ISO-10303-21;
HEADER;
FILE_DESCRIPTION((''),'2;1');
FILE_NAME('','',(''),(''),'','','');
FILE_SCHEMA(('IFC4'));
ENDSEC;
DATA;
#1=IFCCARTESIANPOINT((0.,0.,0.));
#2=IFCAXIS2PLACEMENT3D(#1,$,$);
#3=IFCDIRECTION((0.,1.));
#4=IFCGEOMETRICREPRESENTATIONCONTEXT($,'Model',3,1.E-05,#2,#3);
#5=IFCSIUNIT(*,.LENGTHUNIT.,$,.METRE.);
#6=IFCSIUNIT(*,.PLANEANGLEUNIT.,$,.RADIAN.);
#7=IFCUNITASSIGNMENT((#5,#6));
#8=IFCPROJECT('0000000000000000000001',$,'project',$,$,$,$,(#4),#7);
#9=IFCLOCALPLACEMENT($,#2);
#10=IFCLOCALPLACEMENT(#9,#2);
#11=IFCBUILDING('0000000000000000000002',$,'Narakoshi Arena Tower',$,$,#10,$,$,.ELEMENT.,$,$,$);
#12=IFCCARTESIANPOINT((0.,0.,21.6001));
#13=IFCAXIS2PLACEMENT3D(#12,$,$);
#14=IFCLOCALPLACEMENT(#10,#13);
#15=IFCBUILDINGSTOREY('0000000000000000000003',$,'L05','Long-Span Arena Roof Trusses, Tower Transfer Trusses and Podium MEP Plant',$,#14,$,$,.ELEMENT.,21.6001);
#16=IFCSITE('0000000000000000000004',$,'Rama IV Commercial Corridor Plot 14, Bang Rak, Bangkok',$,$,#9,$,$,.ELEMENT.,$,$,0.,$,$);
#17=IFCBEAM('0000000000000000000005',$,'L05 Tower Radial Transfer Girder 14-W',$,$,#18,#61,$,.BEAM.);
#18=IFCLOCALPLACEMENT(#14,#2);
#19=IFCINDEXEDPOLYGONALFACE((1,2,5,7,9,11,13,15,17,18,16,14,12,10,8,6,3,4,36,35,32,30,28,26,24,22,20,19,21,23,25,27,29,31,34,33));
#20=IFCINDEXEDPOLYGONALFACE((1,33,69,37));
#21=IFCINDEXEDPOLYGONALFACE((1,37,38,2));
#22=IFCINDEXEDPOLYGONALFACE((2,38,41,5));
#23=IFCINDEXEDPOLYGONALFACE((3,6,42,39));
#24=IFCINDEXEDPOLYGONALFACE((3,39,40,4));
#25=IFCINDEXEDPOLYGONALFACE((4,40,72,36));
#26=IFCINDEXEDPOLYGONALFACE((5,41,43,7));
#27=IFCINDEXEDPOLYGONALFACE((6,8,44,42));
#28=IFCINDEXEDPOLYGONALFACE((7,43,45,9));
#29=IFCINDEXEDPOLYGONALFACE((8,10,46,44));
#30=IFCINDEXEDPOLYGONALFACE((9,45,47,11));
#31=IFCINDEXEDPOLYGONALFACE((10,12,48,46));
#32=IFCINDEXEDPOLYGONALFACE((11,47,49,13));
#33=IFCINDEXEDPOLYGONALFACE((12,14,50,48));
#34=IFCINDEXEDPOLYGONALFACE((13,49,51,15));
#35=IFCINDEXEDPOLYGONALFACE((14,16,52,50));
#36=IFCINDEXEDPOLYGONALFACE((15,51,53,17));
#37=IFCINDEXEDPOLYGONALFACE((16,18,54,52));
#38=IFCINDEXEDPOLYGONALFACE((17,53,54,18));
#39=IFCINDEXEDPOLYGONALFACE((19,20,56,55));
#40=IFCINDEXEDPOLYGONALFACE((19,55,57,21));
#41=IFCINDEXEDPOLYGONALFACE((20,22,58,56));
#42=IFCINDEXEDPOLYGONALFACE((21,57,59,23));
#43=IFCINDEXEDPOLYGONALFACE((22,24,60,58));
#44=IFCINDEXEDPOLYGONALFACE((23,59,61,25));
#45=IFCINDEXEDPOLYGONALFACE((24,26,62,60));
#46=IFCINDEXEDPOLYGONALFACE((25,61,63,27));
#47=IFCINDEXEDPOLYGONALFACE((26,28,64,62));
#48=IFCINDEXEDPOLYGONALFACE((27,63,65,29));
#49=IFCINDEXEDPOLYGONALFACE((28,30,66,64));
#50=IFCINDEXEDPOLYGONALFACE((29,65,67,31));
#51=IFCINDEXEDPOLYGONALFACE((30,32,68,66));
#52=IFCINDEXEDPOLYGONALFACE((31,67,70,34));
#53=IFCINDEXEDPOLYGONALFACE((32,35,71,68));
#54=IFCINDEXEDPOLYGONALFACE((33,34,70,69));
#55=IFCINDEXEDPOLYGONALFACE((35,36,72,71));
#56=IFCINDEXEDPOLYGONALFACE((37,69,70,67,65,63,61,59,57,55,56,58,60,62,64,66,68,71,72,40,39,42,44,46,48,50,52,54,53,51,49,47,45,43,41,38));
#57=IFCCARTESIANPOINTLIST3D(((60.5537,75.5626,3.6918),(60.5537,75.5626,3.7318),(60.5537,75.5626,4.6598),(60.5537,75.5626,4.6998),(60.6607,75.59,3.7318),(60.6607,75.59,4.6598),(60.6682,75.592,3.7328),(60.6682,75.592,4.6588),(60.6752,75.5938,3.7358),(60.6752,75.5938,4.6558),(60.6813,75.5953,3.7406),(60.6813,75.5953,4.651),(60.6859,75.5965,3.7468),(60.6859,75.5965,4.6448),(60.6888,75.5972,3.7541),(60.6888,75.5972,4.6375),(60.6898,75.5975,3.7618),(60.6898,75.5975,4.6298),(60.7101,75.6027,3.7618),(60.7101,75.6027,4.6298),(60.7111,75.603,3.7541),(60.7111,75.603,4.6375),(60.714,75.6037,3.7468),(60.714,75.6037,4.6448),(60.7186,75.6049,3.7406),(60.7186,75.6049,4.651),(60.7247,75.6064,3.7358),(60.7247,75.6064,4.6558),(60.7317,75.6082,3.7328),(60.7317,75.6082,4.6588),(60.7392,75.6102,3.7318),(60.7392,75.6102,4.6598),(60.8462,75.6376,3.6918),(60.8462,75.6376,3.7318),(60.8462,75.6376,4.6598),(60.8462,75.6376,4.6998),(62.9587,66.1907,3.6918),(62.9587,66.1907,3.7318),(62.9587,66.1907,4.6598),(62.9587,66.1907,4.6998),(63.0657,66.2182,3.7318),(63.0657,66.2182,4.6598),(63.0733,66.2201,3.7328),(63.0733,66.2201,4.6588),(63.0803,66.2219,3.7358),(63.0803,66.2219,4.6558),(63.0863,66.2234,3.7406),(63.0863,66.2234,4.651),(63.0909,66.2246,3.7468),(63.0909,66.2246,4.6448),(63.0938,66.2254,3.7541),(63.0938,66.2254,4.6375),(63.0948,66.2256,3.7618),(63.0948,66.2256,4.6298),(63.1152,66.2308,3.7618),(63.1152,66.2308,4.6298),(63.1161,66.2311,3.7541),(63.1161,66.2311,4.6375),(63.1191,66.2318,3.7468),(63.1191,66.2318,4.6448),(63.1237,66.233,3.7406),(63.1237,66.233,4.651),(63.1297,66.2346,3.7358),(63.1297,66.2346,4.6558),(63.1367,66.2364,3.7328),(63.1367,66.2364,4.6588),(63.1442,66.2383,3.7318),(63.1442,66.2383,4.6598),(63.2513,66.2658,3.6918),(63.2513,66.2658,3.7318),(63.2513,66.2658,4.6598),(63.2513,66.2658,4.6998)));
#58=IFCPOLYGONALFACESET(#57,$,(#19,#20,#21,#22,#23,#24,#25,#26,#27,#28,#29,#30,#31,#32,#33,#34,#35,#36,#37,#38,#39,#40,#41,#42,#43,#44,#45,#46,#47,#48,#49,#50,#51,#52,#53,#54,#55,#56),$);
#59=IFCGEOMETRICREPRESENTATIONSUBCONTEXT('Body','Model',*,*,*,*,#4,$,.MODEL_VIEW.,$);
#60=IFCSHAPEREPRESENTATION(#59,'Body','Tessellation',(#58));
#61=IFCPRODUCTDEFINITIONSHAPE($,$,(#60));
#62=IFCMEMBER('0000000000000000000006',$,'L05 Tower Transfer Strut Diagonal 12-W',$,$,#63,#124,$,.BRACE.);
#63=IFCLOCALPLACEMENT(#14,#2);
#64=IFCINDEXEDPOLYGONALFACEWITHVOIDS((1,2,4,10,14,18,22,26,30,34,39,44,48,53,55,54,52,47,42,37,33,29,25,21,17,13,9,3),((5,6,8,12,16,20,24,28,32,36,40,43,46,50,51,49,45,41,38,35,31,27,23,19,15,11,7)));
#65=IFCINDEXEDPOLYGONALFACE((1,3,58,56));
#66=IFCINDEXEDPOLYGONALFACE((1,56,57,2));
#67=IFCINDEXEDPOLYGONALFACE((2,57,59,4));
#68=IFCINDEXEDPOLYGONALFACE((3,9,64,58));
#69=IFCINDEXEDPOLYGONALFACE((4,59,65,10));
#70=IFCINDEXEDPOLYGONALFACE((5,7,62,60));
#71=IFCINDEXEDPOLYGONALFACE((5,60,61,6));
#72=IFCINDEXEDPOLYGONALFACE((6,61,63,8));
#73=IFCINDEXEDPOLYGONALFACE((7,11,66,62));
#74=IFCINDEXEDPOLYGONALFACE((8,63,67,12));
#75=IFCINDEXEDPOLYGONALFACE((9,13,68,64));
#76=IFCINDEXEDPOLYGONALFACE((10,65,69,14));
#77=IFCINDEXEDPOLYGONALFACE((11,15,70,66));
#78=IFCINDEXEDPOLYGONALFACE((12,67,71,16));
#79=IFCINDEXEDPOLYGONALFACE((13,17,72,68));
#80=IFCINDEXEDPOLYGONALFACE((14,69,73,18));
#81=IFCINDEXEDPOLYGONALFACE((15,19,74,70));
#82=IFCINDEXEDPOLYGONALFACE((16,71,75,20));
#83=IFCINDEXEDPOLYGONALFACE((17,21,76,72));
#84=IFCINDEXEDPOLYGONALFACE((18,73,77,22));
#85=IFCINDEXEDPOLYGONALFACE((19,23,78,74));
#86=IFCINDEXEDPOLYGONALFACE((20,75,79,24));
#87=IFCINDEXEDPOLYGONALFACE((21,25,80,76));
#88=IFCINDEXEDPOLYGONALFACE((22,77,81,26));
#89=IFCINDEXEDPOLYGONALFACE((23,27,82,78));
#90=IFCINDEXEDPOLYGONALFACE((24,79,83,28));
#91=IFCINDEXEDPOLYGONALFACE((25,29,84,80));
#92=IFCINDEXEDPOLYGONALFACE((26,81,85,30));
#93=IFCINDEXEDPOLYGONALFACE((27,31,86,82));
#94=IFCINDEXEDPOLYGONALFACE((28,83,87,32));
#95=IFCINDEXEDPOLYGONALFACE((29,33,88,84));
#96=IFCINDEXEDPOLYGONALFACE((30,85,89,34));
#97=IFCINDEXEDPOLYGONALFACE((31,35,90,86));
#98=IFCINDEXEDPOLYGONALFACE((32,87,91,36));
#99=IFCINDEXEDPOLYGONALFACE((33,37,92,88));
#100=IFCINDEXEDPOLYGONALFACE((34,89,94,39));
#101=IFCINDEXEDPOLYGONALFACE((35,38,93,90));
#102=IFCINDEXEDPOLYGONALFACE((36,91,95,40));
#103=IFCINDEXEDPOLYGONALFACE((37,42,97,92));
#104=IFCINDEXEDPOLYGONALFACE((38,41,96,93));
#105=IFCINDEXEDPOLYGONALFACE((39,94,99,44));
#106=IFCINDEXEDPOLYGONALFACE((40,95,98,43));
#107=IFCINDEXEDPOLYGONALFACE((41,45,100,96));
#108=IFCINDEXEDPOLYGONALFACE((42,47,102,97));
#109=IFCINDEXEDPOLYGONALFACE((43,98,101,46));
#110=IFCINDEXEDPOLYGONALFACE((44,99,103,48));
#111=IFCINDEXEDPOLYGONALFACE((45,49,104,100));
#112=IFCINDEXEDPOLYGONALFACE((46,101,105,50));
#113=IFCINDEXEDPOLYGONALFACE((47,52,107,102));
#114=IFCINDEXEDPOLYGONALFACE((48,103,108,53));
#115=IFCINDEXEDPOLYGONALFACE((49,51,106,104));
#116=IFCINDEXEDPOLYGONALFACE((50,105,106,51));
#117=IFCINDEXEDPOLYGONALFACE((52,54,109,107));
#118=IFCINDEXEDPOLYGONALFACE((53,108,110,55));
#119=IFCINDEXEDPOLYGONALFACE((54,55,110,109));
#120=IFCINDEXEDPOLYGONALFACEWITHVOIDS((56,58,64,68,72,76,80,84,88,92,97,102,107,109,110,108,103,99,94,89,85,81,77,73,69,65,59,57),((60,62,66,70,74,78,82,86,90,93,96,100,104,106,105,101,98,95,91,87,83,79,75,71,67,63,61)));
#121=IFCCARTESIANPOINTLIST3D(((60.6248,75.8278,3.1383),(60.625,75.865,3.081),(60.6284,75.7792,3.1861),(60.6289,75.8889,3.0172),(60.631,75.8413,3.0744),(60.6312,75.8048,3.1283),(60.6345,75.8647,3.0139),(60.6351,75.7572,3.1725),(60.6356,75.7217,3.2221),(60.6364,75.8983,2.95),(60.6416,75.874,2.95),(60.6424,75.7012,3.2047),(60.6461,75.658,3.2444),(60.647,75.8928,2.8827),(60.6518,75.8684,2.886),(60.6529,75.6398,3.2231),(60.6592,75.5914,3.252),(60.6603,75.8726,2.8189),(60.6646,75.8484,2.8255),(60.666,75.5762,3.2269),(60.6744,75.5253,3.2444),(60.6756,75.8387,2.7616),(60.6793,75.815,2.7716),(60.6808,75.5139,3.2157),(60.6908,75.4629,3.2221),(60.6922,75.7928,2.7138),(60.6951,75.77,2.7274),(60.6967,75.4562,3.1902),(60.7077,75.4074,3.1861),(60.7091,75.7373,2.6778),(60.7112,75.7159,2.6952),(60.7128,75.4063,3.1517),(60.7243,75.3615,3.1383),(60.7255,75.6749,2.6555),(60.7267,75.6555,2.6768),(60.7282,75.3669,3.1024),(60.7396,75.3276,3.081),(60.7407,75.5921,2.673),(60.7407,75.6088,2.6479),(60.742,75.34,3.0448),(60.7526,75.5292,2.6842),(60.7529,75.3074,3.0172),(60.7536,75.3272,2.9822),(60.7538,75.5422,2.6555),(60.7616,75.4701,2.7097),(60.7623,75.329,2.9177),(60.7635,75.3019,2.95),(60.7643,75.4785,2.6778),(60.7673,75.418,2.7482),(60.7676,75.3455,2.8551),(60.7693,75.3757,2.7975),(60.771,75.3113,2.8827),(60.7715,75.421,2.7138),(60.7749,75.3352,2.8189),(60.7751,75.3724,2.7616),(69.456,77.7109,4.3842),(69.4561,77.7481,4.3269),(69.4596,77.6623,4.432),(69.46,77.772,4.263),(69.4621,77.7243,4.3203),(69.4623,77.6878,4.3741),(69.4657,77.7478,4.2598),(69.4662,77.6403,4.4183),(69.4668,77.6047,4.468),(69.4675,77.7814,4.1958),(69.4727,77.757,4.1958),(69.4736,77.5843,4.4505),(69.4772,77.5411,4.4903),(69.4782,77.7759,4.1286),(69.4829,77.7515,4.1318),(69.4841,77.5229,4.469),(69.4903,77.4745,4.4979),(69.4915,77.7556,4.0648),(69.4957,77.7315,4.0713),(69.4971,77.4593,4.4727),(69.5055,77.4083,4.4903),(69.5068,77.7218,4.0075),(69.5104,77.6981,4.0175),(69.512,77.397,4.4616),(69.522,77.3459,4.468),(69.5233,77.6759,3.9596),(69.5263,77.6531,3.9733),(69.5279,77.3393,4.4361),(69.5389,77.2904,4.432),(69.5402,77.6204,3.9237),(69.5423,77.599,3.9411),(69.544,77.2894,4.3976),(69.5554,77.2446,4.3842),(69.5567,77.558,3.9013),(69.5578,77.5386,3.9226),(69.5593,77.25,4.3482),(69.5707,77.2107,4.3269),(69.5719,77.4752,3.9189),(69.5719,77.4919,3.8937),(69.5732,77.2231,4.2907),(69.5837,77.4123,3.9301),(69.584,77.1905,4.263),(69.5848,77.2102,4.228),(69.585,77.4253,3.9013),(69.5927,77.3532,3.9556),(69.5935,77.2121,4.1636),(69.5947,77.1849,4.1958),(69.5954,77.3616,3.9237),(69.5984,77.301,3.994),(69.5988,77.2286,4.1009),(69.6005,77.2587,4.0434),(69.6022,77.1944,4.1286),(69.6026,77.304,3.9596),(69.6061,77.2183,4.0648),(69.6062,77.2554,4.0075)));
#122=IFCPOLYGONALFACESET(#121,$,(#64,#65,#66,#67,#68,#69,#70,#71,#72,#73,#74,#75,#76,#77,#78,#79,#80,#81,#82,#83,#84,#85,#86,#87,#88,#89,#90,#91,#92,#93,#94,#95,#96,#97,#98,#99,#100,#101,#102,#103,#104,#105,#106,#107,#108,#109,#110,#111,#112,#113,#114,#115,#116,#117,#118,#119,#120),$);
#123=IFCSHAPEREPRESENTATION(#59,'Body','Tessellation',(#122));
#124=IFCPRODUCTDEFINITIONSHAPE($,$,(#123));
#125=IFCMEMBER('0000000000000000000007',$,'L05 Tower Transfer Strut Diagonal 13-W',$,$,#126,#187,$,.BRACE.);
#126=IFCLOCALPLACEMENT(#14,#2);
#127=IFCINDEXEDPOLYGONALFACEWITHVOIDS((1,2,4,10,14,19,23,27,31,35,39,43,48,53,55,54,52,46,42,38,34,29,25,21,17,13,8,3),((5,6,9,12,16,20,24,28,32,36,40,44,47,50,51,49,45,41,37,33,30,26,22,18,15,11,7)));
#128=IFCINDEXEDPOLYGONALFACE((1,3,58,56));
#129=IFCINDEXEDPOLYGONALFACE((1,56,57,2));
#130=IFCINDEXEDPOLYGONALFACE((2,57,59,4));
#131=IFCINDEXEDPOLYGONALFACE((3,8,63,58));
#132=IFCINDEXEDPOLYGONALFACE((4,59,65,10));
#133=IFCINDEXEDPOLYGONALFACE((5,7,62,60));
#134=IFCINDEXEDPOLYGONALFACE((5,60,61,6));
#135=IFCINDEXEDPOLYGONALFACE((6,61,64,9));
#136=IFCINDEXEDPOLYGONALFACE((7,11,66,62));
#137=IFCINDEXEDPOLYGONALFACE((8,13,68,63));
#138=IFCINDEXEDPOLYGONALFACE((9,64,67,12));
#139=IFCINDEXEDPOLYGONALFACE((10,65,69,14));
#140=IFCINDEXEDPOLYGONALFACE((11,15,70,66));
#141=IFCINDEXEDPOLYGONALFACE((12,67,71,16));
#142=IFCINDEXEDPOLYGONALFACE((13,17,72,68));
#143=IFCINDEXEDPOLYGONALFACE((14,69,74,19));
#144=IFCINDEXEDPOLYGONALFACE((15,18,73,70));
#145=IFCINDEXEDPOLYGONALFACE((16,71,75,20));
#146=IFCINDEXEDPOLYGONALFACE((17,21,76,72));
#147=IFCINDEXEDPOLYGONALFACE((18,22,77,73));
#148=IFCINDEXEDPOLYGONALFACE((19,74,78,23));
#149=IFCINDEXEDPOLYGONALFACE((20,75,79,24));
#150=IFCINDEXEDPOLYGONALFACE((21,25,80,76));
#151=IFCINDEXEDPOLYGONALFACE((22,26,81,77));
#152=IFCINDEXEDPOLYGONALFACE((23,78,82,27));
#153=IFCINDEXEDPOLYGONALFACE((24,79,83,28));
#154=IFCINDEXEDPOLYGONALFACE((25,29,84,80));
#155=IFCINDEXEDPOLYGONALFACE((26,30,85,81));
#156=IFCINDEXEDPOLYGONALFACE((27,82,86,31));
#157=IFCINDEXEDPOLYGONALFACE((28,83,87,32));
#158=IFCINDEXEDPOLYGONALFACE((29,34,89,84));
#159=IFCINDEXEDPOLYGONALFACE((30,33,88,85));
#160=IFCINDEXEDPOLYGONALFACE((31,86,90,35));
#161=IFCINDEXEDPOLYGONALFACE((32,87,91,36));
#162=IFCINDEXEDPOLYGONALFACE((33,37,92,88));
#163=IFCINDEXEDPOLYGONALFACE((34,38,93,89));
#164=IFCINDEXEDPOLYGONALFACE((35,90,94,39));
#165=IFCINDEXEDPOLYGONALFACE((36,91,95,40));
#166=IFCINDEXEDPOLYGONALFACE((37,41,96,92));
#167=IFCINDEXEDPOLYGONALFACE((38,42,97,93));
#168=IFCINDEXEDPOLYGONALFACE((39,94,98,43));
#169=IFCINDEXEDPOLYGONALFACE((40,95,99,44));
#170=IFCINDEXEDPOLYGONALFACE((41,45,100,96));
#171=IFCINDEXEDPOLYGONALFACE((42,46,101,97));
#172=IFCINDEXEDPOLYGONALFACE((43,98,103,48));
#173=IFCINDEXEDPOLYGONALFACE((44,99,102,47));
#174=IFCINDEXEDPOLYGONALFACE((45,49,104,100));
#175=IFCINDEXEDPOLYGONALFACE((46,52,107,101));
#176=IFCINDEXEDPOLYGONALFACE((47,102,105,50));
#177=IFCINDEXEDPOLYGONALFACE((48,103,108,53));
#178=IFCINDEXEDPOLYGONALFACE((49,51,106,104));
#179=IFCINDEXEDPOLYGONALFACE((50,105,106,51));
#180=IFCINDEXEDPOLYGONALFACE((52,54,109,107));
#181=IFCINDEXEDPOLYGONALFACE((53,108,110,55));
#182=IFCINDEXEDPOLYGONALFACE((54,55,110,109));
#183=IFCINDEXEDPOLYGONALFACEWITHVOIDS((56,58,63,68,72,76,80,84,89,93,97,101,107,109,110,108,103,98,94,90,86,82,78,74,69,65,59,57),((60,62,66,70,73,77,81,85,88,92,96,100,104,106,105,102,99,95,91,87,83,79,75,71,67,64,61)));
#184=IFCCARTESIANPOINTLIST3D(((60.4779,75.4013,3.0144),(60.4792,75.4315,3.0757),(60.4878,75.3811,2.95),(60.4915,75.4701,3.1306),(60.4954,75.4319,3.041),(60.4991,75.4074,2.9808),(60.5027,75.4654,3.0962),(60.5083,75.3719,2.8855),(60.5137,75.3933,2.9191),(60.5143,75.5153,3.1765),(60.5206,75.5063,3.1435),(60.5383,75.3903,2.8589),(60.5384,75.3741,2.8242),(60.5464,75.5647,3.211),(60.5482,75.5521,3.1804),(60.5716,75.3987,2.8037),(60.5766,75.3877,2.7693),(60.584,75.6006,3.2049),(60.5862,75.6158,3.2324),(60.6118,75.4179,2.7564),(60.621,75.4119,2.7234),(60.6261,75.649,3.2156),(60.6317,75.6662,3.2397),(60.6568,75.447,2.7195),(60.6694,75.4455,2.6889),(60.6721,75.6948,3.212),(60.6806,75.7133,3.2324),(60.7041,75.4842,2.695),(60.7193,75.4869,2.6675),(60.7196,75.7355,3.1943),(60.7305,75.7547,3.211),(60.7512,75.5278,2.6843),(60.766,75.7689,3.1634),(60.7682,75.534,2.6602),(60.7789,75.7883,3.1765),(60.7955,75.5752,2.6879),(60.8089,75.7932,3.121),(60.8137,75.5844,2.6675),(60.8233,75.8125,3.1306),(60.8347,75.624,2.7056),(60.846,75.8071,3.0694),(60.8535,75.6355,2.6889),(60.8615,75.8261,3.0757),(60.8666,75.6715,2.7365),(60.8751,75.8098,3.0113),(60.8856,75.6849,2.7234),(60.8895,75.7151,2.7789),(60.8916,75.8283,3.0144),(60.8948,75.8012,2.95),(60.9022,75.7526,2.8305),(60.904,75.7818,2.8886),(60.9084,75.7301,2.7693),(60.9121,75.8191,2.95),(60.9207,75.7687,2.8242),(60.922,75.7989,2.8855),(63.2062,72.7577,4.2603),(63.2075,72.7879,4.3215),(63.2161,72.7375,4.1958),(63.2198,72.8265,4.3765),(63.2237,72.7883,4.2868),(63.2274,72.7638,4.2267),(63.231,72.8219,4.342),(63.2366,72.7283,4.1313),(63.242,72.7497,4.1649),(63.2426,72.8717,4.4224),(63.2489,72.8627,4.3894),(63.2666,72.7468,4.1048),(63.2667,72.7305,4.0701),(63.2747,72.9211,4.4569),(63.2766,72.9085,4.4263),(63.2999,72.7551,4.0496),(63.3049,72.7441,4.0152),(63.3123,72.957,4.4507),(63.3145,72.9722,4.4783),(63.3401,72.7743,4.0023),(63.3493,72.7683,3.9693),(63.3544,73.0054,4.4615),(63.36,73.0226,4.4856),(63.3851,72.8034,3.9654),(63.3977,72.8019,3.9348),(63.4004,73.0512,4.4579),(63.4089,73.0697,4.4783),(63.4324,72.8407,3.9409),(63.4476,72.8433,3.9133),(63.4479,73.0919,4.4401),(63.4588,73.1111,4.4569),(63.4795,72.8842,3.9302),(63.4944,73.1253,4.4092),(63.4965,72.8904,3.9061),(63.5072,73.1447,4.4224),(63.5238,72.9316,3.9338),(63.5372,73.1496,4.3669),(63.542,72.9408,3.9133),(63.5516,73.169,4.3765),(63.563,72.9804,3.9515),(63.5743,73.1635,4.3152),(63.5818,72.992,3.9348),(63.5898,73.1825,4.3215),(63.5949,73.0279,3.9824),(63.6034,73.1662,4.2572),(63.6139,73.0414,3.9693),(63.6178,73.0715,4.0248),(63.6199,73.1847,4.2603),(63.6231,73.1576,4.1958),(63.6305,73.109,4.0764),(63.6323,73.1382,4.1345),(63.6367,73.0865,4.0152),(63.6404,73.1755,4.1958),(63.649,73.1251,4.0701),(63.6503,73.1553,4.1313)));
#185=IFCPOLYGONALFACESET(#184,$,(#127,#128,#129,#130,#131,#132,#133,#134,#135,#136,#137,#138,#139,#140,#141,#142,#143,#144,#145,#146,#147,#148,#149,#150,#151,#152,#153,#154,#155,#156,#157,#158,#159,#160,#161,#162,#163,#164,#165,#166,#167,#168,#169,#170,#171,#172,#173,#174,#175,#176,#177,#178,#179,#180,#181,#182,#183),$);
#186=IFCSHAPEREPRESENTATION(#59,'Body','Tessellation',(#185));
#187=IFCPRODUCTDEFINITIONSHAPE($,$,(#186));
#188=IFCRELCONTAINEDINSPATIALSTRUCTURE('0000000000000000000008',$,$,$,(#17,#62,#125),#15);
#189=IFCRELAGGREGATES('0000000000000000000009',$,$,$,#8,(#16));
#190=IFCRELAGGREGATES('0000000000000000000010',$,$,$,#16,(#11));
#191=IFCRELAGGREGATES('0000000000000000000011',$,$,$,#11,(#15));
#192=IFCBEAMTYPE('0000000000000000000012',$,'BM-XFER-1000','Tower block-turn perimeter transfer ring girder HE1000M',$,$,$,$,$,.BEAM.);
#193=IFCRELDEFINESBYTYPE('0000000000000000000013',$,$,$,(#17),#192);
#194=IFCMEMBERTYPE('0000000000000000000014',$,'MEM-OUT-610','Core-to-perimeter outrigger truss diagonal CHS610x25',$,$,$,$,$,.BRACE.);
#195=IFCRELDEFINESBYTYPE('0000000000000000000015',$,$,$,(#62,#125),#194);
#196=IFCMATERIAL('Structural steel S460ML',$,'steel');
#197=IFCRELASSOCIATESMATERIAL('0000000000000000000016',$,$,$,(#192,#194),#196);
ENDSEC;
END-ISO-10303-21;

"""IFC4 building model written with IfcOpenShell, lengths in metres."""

from ifc_helpers import new_model, si_unit, direction, frame, origin, origin_2d, place, context, subcontext, project, spatial, hollow_circle, i_section, extrude, material, material_profile, profile_set, type_object, element, save


model = new_model("IFC4")

# Units and contexts
model_context = context("Model", 3, precision=1e-05, world=origin(), true_north=direction((0.0, 1.0)))
body_context = subcontext(model_context, "Body", "Model", "MODEL_VIEW")
ifc_project = project(units=[si_unit("LENGTHUNIT", "METRE"), si_unit("PLANEANGLEUNIT", "RADIAN")], contexts=[model_context])

# Site, building, storey
site_placement = place(None, origin())
site = spatial("IfcSite", under=ifc_project, at=site_placement, Name="Rama IV Commercial Corridor Plot 14, Bang Rak, Bangkok", CompositionType="ELEMENT", RefElevation=0.0)
building_placement = place(site_placement, origin())
building = spatial("IfcBuilding", under=site, at=building_placement, Name="Narakoshi Arena Tower", CompositionType="ELEMENT")
storey_placement = place(building_placement, frame((0.0, 0.0, 21.6001)))
storey = spatial("IfcBuildingStorey", under=building, at=storey_placement, Name="L05", Description="Long-Span Arena Roof Trusses, Tower Transfer Trusses and Podium MEP Plant", CompositionType="ELEMENT", Elevation=21.6001)

# Beam
ifc_material_1 = material(Name="Structural steel S460ML", Category="steel")
ifc_material_profile_1 = material_profile(ifc_material_1, i_section(OverallWidth=0.302, OverallDepth=1.0081, WebThickness=0.021, FlangeThickness=0.04, FilletRadius=0.03, at=origin_2d()), Name="HE1000M")
ifc_profile_set_1 = profile_set([ifc_material_profile_1], Name="Structural steel S460ML")
beam_type_1 = type_object("IfcBeamType", Name="BM-XFER-1000", Description="Tower block-turn perimeter transfer ring girder HE1000M", PredefinedType="BEAM", material=ifc_profile_set_1)
beam_1_placement = place(storey_placement, frame((60.7, 75.6001, 4.1958), z_axis=(0.248569, -0.968614, 0.0), x_axis=(0.968614, 0.248569, 0.0)))
element("IfcBeam", 1, at=beam_1_placement, inside=storey, type_object=beam_type_1, Name="L05 Tower Radial Transfer Girder 14-W", PredefinedType="BEAM", context=body_context, shape_type="SweptSolid", body=[
    extrude(i_section(OverallWidth=0.302, OverallDepth=1.0081, WebThickness=0.021, FlangeThickness=0.04, FilletRadius=0.03, at=origin_2d()), origin(), (0.0, 0.0, 1.0), 9.6755),
])

# Members
ifc_material_profile_2 = material_profile(ifc_material_1, hollow_circle(Radius=0.3049, WallThickness=0.0249, at=origin_2d()), Name="CHS610x25")
ifc_profile_set_2 = profile_set([ifc_material_profile_2], Name="Structural steel S460ML")
member_type = type_object("IfcMemberType", Name="MEM-OUT-610", Description="Core-to-perimeter outrigger truss diagonal CHS610x25", PredefinedType="BRACE", material=ifc_profile_set_2)
member_1_placement = place(storey_placement, frame((60.7, 75.6001, 2.95), z_axis=(0.968835, 0.206586, 0.136679), x_axis=(-0.208543, 0.978013, 0.0)))
element("IfcMember", 2, at=member_1_placement, inside=storey, type_object=member_type, Name="L05 Tower Transfer Strut Diagonal 12-W", PredefinedType="BRACE", context=body_context, shape_type="SweptSolid", body=[
    extrude(hollow_circle(Radius=0.3049, WallThickness=0.0249, at=origin_2d()), origin(), (0.0, 0.0, 1.0), 9.1152),
])
member_2_placement = place(storey_placement, frame((60.7, 75.6001, 2.95), z_axis=(0.682409, -0.66122, 0.311618), x_axis=(0.695869, 0.718169, 0.0)))
element("IfcMember", 3, at=member_2_placement, inside=storey, type_object=member_type, Name="L05 Tower Transfer Strut Diagonal 13-W", PredefinedType="BRACE", context=body_context, shape_type="SweptSolid", body=[
    extrude(hollow_circle(Radius=0.3049, WallThickness=0.0249, at=origin_2d()), origin(), (0.0, 0.0, 1.0), 3.998),
])

save(model, "model.ifc")
